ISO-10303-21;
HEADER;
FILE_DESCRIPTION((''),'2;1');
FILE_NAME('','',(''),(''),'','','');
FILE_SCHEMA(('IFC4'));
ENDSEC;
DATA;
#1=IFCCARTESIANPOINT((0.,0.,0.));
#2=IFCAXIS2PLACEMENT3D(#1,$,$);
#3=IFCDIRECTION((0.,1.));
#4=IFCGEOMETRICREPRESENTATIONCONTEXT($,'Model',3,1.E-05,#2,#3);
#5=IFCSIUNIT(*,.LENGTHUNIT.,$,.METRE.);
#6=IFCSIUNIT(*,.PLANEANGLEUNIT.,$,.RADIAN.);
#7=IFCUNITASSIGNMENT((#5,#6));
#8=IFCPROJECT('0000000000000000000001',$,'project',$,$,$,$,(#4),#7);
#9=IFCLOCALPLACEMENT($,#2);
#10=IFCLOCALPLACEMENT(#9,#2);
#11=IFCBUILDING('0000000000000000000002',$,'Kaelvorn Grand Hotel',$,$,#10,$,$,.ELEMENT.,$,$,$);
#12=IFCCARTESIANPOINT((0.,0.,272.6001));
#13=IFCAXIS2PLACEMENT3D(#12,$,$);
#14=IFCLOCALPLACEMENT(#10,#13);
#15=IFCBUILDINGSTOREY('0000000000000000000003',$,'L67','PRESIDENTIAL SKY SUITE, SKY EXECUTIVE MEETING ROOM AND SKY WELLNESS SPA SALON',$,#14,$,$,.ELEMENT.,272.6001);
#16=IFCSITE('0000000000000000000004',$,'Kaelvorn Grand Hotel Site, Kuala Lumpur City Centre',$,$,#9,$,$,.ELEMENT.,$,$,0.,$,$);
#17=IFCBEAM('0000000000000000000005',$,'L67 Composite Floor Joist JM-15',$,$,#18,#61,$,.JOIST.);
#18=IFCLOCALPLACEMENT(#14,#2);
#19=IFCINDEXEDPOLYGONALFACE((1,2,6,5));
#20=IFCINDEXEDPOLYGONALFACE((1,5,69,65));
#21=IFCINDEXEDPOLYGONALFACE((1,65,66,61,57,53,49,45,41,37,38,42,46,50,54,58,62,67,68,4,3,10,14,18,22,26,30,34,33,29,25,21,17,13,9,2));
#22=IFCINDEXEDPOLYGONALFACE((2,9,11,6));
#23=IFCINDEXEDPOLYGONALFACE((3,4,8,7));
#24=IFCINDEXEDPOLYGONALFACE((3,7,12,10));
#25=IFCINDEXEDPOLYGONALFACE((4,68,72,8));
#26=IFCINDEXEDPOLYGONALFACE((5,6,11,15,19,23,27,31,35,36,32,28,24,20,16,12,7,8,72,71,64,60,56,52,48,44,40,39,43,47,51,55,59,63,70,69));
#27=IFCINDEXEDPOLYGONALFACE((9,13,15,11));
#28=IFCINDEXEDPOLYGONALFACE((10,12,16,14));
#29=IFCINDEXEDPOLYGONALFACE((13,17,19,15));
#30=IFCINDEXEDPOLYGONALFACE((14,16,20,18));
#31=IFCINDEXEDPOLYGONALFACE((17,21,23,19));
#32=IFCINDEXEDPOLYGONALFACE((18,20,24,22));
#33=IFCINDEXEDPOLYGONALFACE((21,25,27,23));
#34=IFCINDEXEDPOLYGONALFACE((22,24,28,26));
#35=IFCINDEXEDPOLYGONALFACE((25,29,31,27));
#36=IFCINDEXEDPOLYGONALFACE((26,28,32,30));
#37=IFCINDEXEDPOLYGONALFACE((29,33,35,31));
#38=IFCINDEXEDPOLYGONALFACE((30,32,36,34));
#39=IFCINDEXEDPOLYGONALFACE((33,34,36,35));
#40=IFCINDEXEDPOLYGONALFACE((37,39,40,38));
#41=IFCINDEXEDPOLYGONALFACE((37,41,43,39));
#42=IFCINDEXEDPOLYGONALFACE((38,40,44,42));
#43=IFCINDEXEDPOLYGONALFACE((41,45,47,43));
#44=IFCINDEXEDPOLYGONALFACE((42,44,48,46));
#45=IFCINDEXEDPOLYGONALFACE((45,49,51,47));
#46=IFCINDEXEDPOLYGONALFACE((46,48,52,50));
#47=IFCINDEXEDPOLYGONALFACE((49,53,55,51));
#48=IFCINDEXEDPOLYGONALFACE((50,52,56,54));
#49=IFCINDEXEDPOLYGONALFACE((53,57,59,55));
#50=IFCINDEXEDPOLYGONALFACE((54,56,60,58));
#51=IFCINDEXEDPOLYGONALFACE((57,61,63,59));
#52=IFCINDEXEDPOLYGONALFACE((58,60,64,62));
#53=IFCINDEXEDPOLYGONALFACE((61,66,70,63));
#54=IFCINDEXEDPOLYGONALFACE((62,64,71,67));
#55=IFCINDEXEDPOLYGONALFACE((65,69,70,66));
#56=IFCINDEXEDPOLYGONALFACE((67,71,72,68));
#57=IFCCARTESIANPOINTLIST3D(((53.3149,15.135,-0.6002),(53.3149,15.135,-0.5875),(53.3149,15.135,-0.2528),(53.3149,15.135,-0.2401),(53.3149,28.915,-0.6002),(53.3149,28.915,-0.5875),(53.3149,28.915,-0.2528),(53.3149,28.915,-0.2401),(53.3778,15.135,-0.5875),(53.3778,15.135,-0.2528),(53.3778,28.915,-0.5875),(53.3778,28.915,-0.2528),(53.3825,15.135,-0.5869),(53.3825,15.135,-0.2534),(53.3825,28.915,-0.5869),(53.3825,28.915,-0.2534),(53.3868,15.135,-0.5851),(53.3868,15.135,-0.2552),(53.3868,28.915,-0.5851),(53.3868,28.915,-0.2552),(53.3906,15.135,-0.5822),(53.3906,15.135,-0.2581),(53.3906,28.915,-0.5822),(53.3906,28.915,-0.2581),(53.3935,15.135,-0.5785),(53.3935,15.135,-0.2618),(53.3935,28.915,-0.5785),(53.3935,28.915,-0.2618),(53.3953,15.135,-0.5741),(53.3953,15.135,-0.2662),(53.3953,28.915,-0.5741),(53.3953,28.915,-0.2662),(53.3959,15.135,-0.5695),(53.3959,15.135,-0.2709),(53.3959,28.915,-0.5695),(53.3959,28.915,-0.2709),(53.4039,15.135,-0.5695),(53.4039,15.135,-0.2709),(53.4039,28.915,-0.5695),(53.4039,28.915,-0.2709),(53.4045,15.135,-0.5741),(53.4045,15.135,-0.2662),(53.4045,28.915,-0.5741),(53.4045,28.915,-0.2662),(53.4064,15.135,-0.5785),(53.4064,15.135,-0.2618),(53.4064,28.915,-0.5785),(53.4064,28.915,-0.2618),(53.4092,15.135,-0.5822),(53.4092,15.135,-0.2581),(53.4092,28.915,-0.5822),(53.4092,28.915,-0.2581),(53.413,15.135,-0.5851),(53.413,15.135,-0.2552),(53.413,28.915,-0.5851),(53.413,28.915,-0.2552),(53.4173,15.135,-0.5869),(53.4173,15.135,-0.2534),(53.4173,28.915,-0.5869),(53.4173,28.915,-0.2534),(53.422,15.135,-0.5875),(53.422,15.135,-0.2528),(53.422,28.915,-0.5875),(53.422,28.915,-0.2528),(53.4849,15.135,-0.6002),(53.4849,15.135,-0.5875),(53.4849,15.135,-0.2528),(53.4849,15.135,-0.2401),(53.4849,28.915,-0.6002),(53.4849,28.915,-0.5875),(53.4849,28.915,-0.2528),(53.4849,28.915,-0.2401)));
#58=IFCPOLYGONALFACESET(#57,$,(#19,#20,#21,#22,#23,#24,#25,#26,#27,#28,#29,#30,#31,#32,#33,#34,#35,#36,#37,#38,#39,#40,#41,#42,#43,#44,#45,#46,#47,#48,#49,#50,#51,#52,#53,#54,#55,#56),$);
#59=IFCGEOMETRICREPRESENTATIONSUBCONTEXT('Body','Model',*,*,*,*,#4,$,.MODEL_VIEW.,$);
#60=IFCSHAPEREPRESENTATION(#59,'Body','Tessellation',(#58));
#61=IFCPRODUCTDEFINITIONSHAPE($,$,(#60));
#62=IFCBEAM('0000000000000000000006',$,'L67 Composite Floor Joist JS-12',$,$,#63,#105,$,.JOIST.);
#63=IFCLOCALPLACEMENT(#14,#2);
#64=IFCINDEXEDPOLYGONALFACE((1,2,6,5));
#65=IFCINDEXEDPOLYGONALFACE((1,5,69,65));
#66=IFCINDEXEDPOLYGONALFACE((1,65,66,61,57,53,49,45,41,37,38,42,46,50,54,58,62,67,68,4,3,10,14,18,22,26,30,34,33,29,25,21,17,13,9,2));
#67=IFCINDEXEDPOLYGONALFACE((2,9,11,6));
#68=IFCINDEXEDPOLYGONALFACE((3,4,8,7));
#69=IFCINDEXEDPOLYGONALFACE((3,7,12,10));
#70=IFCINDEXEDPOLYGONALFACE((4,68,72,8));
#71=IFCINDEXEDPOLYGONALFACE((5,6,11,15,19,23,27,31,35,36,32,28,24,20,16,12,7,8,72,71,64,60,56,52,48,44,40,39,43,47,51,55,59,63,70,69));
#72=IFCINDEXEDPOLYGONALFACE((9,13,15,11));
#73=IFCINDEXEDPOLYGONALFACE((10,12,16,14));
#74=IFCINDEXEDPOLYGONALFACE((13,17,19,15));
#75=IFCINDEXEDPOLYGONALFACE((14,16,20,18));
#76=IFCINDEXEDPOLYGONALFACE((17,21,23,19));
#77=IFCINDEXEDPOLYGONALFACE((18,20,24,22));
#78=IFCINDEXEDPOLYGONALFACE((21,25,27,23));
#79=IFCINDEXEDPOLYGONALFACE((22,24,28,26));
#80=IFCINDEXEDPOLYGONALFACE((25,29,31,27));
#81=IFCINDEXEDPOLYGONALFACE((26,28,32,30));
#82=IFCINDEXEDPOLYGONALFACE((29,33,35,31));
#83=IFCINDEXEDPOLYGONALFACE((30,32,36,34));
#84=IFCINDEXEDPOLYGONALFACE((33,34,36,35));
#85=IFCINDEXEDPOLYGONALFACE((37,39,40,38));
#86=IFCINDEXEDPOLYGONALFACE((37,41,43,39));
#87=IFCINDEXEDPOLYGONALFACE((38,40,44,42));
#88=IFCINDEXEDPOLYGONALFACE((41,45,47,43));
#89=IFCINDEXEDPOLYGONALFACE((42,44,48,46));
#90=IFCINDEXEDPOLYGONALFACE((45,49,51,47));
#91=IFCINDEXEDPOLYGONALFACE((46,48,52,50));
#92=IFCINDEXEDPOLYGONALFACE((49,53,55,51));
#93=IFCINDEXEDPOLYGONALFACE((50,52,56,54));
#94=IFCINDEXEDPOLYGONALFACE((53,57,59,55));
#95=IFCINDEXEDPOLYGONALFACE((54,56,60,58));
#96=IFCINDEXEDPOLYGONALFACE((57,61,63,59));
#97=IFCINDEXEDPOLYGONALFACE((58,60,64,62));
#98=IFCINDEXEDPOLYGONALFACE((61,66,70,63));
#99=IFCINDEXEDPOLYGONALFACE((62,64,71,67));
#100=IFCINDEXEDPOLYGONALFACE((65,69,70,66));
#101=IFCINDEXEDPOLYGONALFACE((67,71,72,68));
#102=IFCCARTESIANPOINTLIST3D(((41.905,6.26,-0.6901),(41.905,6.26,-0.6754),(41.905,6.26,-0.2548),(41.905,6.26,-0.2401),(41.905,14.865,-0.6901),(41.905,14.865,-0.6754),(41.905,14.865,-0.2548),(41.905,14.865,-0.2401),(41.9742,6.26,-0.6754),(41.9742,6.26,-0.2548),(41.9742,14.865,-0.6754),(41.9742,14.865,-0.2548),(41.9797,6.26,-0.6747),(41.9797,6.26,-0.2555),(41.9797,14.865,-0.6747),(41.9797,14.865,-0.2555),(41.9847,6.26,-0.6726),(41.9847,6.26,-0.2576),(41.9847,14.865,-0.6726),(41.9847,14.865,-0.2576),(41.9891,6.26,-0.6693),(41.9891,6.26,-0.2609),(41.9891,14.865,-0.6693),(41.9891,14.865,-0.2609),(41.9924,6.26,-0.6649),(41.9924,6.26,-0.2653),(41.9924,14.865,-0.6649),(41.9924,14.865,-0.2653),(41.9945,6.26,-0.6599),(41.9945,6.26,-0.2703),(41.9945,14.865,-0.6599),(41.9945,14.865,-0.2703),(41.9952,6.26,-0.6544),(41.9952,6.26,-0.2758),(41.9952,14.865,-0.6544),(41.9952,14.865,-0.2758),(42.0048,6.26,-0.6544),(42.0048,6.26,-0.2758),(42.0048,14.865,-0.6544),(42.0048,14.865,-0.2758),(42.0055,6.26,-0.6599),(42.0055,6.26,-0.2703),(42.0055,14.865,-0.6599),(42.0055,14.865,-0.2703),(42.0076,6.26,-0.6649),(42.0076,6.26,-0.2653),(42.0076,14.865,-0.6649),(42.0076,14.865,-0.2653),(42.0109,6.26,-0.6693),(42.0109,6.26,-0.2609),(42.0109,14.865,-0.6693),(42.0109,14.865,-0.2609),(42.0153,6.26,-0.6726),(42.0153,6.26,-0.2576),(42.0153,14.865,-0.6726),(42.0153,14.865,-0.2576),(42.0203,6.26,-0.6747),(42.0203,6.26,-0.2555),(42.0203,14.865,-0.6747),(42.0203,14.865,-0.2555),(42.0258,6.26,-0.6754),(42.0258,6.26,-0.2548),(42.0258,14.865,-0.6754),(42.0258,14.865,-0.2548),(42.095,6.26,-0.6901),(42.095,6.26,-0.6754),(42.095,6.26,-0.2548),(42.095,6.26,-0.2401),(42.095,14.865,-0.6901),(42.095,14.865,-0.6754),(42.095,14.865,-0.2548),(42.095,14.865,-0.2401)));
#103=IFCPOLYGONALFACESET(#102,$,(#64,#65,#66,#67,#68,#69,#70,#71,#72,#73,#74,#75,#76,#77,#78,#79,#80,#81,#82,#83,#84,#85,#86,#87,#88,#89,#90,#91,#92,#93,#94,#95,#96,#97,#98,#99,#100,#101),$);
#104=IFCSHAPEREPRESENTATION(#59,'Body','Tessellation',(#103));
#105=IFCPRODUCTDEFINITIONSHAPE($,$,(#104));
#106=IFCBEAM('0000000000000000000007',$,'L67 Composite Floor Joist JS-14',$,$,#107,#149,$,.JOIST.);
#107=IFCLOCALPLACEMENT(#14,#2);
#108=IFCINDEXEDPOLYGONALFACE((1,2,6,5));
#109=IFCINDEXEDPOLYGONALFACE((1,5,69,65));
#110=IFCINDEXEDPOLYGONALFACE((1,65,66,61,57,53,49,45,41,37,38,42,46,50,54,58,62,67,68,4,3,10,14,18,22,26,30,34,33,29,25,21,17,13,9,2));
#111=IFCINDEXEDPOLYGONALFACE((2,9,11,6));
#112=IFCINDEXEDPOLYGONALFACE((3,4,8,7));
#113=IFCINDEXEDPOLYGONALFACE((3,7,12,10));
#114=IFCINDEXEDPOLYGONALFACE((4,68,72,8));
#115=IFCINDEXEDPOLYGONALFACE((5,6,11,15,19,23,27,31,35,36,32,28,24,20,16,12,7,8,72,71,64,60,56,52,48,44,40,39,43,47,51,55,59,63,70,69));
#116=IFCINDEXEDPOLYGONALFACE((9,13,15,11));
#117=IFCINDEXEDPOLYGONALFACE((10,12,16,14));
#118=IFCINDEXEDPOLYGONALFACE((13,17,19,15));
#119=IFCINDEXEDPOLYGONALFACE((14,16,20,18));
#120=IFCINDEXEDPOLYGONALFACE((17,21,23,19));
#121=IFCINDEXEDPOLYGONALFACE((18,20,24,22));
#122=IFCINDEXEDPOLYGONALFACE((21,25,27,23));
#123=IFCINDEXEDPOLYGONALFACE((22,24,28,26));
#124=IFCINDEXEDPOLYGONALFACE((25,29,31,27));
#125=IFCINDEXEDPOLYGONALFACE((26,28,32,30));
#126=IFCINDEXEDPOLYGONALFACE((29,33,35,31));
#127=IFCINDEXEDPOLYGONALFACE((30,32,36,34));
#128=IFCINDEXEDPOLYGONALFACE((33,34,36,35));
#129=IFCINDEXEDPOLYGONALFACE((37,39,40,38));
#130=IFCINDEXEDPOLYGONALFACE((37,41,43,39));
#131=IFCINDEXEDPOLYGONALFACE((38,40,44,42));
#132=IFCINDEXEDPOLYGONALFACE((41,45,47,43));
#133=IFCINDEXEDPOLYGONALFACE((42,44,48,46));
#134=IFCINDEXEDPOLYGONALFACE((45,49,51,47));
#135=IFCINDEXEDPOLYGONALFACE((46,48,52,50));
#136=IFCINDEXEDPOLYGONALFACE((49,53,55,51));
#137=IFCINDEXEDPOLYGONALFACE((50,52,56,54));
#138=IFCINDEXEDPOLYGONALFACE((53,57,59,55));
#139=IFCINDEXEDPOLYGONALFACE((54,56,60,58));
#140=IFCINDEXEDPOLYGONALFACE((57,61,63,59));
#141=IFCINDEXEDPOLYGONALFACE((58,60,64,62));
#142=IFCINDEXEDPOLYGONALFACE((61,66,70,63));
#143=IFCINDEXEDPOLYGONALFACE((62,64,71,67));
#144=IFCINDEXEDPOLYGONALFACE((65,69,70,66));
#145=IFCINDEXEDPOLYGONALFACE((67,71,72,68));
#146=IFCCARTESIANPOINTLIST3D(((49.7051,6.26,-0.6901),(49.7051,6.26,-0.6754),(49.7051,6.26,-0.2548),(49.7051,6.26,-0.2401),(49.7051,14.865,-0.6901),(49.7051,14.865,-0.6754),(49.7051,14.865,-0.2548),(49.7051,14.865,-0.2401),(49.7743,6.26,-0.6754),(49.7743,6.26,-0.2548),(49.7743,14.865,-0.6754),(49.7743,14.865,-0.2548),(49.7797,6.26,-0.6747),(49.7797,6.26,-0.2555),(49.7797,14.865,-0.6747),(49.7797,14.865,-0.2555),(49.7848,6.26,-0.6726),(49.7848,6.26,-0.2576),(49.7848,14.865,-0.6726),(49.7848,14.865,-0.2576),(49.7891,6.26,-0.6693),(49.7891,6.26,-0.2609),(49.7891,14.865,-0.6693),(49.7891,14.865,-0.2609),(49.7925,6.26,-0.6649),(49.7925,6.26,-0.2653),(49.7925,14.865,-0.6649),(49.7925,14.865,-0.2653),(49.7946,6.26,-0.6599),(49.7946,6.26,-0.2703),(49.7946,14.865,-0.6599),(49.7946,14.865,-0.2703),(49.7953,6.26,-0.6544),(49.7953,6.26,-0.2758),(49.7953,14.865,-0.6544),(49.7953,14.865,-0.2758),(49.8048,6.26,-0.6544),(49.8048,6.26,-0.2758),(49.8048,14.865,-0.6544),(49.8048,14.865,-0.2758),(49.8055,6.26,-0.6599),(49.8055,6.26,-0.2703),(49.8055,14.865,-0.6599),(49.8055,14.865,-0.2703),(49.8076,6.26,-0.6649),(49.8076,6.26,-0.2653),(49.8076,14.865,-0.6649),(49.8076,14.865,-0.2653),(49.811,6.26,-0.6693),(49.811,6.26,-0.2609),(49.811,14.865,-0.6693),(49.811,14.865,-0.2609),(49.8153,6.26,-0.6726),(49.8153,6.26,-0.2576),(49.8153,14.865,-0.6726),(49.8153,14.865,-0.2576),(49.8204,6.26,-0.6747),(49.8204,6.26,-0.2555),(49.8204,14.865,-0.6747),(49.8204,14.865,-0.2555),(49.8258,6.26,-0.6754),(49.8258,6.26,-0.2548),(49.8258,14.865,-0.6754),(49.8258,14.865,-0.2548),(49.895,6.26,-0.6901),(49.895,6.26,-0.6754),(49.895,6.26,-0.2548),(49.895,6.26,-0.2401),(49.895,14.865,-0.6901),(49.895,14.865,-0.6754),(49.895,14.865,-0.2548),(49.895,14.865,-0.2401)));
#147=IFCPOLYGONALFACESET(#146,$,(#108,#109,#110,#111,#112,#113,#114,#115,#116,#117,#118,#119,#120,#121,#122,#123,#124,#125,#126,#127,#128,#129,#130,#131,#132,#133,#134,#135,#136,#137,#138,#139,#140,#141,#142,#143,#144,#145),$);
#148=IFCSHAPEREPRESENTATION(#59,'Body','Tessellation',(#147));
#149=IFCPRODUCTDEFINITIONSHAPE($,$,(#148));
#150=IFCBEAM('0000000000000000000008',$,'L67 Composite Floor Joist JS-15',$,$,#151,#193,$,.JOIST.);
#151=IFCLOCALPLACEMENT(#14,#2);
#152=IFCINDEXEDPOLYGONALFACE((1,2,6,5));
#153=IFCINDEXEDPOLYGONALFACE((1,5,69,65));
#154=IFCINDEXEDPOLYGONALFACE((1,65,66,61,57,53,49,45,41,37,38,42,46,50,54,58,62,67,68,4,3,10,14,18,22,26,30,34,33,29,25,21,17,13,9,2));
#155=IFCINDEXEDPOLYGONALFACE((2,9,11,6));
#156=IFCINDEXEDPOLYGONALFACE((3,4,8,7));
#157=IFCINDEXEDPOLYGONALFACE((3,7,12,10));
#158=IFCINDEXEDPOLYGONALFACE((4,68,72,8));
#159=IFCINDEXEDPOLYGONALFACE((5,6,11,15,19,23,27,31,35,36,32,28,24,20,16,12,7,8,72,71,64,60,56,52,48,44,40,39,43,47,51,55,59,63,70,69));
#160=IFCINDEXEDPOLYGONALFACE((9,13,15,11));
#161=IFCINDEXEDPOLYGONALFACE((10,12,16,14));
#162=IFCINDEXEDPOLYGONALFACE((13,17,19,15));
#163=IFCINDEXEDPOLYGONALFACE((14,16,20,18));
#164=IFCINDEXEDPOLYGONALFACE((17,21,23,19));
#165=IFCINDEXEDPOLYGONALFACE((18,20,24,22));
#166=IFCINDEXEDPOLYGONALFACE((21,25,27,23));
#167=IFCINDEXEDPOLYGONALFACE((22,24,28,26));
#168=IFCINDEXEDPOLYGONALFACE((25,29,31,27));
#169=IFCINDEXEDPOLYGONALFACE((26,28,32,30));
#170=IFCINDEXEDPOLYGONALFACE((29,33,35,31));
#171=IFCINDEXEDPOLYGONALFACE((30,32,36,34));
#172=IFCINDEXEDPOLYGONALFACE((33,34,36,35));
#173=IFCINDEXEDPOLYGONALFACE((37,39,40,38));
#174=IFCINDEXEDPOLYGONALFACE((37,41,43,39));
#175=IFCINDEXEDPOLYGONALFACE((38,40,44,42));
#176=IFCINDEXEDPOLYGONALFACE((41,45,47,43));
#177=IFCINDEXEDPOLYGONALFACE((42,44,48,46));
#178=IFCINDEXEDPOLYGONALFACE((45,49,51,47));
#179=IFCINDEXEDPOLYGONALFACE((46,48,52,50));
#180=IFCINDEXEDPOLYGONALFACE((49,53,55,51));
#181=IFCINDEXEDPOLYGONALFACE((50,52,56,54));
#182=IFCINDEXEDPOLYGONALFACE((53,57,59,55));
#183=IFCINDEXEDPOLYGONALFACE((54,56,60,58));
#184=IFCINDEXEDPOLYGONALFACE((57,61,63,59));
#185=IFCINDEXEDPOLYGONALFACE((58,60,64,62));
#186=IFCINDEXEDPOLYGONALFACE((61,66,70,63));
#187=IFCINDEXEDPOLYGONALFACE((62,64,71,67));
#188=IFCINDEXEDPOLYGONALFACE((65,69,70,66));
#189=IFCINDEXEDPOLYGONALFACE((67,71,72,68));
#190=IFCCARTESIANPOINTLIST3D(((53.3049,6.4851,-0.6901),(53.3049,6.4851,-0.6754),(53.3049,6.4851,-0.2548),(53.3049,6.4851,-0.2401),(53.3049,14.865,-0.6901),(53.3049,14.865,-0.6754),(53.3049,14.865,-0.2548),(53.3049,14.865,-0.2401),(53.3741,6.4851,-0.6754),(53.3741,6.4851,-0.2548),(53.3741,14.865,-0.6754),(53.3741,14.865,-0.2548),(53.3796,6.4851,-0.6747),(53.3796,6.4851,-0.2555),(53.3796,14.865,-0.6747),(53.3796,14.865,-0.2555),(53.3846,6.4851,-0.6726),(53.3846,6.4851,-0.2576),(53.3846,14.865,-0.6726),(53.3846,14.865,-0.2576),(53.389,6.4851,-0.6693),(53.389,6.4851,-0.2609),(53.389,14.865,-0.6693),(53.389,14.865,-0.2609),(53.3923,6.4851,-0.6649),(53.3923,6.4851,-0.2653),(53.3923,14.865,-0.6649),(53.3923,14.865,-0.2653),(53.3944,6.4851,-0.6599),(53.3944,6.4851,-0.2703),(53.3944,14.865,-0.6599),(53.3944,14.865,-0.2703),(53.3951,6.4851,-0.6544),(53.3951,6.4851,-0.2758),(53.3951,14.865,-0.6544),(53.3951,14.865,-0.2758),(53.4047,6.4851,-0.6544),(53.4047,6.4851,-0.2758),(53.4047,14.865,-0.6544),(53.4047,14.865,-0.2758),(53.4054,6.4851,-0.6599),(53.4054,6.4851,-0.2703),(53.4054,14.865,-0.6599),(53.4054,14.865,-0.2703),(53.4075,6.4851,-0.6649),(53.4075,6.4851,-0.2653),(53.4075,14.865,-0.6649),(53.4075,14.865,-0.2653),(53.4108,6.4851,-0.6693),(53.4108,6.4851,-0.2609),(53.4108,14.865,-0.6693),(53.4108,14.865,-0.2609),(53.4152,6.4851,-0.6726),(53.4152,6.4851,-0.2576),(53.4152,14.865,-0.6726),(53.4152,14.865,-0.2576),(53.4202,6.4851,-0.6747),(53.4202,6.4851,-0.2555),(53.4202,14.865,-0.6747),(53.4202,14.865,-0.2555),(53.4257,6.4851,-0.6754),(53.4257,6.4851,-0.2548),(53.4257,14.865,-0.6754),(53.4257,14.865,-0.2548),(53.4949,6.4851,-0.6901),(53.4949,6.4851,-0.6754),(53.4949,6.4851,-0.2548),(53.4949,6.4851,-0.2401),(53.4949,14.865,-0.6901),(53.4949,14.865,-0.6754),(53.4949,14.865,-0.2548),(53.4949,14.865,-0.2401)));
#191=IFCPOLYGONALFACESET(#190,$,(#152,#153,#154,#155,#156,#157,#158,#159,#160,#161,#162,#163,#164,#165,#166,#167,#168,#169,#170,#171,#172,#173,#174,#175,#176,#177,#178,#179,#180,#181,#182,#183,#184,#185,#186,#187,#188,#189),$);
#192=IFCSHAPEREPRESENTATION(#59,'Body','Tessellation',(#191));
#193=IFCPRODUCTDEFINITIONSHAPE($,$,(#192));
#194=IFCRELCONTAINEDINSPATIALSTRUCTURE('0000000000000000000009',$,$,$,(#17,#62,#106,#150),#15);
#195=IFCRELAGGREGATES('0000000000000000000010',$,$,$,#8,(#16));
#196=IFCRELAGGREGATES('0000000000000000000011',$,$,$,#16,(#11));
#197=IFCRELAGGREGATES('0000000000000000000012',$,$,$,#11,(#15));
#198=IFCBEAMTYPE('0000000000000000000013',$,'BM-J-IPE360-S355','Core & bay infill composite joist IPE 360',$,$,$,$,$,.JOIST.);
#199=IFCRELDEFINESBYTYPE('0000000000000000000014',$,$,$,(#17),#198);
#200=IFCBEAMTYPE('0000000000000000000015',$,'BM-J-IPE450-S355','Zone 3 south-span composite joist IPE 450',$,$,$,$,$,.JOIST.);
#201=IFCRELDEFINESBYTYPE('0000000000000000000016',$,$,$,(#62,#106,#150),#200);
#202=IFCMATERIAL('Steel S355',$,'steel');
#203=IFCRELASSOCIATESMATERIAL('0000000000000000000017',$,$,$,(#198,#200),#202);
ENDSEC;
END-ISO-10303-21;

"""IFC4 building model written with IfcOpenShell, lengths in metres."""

from ifc_helpers import new_model, si_unit, direction, frame, origin, origin_2d, place, context, subcontext, project, spatial, i_section, extrude, material, material_profile, profile_set, type_object, element, save


model = new_model("IFC4")

# Units and contexts
model_context = context("Model", 3, precision=1e-05, world=origin(), true_north=direction((0.0, 1.0)))
body_context = subcontext(model_context, "Body", "Model", "MODEL_VIEW")
ifc_project = project(units=[si_unit("LENGTHUNIT", "METRE"), si_unit("PLANEANGLEUNIT", "RADIAN")], contexts=[model_context])

# Site, building, storey
site_placement = place(None, origin())
site = spatial("IfcSite", under=ifc_project, at=site_placement, Name="Kaelvorn Grand Hotel Site, Kuala Lumpur City Centre", CompositionType="ELEMENT", RefElevation=0.0)
building_placement = place(site_placement, origin())
building = spatial("IfcBuilding", under=site, at=building_placement, Name="Kaelvorn Grand Hotel", CompositionType="ELEMENT")
storey_placement = place(building_placement, frame((0.0, 0.0, 272.6001)))
storey = spatial("IfcBuildingStorey", under=building, at=storey_placement, Name="L67", Description="PRESIDENTIAL SKY SUITE, SKY EXECUTIVE MEETING ROOM AND SKY WELLNESS SPA SALON", CompositionType="ELEMENT", Elevation=272.6001)

# Beams
ifc_material_1 = material(Name="Steel S355", Category="steel")
ifc_material_profile_1 = material_profile(ifc_material_1, i_section(OverallWidth=0.1699, OverallDepth=0.3601, WebThickness=0.0081, FlangeThickness=0.0127, FilletRadius=0.0181, at=origin_2d()), Name="IPE 360")
ifc_profile_set_1 = profile_set([ifc_material_profile_1], Name="Steel S355")
beam_type_1 = type_object("IfcBeamType", Name="BM-J-IPE360-S355", Description="Core & bay infill composite joist IPE 360", PredefinedType="JOIST", material=ifc_profile_set_1)
beam_1_placement = place(storey_placement, frame((53.3999, 15.135, -0.4202), z_axis=(0.0, 1.0, 0.0), x_axis=(-1.0, 0.0, 0.0)))
element("IfcBeam", 1, at=beam_1_placement, inside=storey, type_object=beam_type_1, Name="L67 Composite Floor Joist JM-15", PredefinedType="JOIST", context=body_context, shape_type="SweptSolid", body=[
    extrude(i_section(OverallWidth=0.1699, OverallDepth=0.3601, WebThickness=0.0081, FlangeThickness=0.0127, FilletRadius=0.0181, at=origin_2d()), origin(), (0.0, 0.0, 1.0), 13.78),
])
ifc_material_profile_2 = material_profile(ifc_material_1, i_section(OverallWidth=0.1899, OverallDepth=0.45, WebThickness=0.0095, FlangeThickness=0.0146, FilletRadius=0.021, at=origin_2d()), Name="IPE 450")
ifc_profile_set_2 = profile_set([ifc_material_profile_2], Name="Steel S355")
beam_type_2 = type_object("IfcBeamType", Name="BM-J-IPE450-S355", Description="Zone 3 south-span composite joist IPE 450", PredefinedType="JOIST", material=ifc_profile_set_2)
for number, where, z_axis, x_axis, name in (
    (2, (42.0, 6.26, -0.4651), (0.0, 1.0, 0.0), (-1.0, 0.0, 0.0), "L67 Composite Floor Joist JS-12"),
    (3, (49.8, 6.26, -0.4651), (0.0, 1.0, 0.0), (-1.0, 0.0, 0.0), "L67 Composite Floor Joist JS-14"),
):
    element("IfcBeam", number, at=place(storey_placement, frame(where, z_axis=z_axis, x_axis=x_axis)), inside=storey, type_object=beam_type_2, Name=name, PredefinedType="JOIST", context=body_context, shape_type="SweptSolid", body=[
        extrude(i_section(OverallWidth=0.1899, OverallDepth=0.45, WebThickness=0.0095, FlangeThickness=0.0146, FilletRadius=0.021, at=origin_2d()), origin(), (0.0, 0.0, 1.0), 8.605),
    ])
beam_2_placement = place(storey_placement, frame((53.3999, 6.4851, -0.4651), z_axis=(0.0, 1.0, 0.0), x_axis=(-1.0, 0.0, 0.0)))
element("IfcBeam", 4, at=beam_2_placement, inside=storey, type_object=beam_type_2, Name="L67 Composite Floor Joist JS-15", PredefinedType="JOIST", context=body_context, shape_type="SweptSolid", body=[
    extrude(i_section(OverallWidth=0.1899, OverallDepth=0.45, WebThickness=0.0095, FlangeThickness=0.0146, FilletRadius=0.021, at=origin_2d()), origin(), (0.0, 0.0, 1.0), 8.3799),
])

save(model, "model.ifc")
